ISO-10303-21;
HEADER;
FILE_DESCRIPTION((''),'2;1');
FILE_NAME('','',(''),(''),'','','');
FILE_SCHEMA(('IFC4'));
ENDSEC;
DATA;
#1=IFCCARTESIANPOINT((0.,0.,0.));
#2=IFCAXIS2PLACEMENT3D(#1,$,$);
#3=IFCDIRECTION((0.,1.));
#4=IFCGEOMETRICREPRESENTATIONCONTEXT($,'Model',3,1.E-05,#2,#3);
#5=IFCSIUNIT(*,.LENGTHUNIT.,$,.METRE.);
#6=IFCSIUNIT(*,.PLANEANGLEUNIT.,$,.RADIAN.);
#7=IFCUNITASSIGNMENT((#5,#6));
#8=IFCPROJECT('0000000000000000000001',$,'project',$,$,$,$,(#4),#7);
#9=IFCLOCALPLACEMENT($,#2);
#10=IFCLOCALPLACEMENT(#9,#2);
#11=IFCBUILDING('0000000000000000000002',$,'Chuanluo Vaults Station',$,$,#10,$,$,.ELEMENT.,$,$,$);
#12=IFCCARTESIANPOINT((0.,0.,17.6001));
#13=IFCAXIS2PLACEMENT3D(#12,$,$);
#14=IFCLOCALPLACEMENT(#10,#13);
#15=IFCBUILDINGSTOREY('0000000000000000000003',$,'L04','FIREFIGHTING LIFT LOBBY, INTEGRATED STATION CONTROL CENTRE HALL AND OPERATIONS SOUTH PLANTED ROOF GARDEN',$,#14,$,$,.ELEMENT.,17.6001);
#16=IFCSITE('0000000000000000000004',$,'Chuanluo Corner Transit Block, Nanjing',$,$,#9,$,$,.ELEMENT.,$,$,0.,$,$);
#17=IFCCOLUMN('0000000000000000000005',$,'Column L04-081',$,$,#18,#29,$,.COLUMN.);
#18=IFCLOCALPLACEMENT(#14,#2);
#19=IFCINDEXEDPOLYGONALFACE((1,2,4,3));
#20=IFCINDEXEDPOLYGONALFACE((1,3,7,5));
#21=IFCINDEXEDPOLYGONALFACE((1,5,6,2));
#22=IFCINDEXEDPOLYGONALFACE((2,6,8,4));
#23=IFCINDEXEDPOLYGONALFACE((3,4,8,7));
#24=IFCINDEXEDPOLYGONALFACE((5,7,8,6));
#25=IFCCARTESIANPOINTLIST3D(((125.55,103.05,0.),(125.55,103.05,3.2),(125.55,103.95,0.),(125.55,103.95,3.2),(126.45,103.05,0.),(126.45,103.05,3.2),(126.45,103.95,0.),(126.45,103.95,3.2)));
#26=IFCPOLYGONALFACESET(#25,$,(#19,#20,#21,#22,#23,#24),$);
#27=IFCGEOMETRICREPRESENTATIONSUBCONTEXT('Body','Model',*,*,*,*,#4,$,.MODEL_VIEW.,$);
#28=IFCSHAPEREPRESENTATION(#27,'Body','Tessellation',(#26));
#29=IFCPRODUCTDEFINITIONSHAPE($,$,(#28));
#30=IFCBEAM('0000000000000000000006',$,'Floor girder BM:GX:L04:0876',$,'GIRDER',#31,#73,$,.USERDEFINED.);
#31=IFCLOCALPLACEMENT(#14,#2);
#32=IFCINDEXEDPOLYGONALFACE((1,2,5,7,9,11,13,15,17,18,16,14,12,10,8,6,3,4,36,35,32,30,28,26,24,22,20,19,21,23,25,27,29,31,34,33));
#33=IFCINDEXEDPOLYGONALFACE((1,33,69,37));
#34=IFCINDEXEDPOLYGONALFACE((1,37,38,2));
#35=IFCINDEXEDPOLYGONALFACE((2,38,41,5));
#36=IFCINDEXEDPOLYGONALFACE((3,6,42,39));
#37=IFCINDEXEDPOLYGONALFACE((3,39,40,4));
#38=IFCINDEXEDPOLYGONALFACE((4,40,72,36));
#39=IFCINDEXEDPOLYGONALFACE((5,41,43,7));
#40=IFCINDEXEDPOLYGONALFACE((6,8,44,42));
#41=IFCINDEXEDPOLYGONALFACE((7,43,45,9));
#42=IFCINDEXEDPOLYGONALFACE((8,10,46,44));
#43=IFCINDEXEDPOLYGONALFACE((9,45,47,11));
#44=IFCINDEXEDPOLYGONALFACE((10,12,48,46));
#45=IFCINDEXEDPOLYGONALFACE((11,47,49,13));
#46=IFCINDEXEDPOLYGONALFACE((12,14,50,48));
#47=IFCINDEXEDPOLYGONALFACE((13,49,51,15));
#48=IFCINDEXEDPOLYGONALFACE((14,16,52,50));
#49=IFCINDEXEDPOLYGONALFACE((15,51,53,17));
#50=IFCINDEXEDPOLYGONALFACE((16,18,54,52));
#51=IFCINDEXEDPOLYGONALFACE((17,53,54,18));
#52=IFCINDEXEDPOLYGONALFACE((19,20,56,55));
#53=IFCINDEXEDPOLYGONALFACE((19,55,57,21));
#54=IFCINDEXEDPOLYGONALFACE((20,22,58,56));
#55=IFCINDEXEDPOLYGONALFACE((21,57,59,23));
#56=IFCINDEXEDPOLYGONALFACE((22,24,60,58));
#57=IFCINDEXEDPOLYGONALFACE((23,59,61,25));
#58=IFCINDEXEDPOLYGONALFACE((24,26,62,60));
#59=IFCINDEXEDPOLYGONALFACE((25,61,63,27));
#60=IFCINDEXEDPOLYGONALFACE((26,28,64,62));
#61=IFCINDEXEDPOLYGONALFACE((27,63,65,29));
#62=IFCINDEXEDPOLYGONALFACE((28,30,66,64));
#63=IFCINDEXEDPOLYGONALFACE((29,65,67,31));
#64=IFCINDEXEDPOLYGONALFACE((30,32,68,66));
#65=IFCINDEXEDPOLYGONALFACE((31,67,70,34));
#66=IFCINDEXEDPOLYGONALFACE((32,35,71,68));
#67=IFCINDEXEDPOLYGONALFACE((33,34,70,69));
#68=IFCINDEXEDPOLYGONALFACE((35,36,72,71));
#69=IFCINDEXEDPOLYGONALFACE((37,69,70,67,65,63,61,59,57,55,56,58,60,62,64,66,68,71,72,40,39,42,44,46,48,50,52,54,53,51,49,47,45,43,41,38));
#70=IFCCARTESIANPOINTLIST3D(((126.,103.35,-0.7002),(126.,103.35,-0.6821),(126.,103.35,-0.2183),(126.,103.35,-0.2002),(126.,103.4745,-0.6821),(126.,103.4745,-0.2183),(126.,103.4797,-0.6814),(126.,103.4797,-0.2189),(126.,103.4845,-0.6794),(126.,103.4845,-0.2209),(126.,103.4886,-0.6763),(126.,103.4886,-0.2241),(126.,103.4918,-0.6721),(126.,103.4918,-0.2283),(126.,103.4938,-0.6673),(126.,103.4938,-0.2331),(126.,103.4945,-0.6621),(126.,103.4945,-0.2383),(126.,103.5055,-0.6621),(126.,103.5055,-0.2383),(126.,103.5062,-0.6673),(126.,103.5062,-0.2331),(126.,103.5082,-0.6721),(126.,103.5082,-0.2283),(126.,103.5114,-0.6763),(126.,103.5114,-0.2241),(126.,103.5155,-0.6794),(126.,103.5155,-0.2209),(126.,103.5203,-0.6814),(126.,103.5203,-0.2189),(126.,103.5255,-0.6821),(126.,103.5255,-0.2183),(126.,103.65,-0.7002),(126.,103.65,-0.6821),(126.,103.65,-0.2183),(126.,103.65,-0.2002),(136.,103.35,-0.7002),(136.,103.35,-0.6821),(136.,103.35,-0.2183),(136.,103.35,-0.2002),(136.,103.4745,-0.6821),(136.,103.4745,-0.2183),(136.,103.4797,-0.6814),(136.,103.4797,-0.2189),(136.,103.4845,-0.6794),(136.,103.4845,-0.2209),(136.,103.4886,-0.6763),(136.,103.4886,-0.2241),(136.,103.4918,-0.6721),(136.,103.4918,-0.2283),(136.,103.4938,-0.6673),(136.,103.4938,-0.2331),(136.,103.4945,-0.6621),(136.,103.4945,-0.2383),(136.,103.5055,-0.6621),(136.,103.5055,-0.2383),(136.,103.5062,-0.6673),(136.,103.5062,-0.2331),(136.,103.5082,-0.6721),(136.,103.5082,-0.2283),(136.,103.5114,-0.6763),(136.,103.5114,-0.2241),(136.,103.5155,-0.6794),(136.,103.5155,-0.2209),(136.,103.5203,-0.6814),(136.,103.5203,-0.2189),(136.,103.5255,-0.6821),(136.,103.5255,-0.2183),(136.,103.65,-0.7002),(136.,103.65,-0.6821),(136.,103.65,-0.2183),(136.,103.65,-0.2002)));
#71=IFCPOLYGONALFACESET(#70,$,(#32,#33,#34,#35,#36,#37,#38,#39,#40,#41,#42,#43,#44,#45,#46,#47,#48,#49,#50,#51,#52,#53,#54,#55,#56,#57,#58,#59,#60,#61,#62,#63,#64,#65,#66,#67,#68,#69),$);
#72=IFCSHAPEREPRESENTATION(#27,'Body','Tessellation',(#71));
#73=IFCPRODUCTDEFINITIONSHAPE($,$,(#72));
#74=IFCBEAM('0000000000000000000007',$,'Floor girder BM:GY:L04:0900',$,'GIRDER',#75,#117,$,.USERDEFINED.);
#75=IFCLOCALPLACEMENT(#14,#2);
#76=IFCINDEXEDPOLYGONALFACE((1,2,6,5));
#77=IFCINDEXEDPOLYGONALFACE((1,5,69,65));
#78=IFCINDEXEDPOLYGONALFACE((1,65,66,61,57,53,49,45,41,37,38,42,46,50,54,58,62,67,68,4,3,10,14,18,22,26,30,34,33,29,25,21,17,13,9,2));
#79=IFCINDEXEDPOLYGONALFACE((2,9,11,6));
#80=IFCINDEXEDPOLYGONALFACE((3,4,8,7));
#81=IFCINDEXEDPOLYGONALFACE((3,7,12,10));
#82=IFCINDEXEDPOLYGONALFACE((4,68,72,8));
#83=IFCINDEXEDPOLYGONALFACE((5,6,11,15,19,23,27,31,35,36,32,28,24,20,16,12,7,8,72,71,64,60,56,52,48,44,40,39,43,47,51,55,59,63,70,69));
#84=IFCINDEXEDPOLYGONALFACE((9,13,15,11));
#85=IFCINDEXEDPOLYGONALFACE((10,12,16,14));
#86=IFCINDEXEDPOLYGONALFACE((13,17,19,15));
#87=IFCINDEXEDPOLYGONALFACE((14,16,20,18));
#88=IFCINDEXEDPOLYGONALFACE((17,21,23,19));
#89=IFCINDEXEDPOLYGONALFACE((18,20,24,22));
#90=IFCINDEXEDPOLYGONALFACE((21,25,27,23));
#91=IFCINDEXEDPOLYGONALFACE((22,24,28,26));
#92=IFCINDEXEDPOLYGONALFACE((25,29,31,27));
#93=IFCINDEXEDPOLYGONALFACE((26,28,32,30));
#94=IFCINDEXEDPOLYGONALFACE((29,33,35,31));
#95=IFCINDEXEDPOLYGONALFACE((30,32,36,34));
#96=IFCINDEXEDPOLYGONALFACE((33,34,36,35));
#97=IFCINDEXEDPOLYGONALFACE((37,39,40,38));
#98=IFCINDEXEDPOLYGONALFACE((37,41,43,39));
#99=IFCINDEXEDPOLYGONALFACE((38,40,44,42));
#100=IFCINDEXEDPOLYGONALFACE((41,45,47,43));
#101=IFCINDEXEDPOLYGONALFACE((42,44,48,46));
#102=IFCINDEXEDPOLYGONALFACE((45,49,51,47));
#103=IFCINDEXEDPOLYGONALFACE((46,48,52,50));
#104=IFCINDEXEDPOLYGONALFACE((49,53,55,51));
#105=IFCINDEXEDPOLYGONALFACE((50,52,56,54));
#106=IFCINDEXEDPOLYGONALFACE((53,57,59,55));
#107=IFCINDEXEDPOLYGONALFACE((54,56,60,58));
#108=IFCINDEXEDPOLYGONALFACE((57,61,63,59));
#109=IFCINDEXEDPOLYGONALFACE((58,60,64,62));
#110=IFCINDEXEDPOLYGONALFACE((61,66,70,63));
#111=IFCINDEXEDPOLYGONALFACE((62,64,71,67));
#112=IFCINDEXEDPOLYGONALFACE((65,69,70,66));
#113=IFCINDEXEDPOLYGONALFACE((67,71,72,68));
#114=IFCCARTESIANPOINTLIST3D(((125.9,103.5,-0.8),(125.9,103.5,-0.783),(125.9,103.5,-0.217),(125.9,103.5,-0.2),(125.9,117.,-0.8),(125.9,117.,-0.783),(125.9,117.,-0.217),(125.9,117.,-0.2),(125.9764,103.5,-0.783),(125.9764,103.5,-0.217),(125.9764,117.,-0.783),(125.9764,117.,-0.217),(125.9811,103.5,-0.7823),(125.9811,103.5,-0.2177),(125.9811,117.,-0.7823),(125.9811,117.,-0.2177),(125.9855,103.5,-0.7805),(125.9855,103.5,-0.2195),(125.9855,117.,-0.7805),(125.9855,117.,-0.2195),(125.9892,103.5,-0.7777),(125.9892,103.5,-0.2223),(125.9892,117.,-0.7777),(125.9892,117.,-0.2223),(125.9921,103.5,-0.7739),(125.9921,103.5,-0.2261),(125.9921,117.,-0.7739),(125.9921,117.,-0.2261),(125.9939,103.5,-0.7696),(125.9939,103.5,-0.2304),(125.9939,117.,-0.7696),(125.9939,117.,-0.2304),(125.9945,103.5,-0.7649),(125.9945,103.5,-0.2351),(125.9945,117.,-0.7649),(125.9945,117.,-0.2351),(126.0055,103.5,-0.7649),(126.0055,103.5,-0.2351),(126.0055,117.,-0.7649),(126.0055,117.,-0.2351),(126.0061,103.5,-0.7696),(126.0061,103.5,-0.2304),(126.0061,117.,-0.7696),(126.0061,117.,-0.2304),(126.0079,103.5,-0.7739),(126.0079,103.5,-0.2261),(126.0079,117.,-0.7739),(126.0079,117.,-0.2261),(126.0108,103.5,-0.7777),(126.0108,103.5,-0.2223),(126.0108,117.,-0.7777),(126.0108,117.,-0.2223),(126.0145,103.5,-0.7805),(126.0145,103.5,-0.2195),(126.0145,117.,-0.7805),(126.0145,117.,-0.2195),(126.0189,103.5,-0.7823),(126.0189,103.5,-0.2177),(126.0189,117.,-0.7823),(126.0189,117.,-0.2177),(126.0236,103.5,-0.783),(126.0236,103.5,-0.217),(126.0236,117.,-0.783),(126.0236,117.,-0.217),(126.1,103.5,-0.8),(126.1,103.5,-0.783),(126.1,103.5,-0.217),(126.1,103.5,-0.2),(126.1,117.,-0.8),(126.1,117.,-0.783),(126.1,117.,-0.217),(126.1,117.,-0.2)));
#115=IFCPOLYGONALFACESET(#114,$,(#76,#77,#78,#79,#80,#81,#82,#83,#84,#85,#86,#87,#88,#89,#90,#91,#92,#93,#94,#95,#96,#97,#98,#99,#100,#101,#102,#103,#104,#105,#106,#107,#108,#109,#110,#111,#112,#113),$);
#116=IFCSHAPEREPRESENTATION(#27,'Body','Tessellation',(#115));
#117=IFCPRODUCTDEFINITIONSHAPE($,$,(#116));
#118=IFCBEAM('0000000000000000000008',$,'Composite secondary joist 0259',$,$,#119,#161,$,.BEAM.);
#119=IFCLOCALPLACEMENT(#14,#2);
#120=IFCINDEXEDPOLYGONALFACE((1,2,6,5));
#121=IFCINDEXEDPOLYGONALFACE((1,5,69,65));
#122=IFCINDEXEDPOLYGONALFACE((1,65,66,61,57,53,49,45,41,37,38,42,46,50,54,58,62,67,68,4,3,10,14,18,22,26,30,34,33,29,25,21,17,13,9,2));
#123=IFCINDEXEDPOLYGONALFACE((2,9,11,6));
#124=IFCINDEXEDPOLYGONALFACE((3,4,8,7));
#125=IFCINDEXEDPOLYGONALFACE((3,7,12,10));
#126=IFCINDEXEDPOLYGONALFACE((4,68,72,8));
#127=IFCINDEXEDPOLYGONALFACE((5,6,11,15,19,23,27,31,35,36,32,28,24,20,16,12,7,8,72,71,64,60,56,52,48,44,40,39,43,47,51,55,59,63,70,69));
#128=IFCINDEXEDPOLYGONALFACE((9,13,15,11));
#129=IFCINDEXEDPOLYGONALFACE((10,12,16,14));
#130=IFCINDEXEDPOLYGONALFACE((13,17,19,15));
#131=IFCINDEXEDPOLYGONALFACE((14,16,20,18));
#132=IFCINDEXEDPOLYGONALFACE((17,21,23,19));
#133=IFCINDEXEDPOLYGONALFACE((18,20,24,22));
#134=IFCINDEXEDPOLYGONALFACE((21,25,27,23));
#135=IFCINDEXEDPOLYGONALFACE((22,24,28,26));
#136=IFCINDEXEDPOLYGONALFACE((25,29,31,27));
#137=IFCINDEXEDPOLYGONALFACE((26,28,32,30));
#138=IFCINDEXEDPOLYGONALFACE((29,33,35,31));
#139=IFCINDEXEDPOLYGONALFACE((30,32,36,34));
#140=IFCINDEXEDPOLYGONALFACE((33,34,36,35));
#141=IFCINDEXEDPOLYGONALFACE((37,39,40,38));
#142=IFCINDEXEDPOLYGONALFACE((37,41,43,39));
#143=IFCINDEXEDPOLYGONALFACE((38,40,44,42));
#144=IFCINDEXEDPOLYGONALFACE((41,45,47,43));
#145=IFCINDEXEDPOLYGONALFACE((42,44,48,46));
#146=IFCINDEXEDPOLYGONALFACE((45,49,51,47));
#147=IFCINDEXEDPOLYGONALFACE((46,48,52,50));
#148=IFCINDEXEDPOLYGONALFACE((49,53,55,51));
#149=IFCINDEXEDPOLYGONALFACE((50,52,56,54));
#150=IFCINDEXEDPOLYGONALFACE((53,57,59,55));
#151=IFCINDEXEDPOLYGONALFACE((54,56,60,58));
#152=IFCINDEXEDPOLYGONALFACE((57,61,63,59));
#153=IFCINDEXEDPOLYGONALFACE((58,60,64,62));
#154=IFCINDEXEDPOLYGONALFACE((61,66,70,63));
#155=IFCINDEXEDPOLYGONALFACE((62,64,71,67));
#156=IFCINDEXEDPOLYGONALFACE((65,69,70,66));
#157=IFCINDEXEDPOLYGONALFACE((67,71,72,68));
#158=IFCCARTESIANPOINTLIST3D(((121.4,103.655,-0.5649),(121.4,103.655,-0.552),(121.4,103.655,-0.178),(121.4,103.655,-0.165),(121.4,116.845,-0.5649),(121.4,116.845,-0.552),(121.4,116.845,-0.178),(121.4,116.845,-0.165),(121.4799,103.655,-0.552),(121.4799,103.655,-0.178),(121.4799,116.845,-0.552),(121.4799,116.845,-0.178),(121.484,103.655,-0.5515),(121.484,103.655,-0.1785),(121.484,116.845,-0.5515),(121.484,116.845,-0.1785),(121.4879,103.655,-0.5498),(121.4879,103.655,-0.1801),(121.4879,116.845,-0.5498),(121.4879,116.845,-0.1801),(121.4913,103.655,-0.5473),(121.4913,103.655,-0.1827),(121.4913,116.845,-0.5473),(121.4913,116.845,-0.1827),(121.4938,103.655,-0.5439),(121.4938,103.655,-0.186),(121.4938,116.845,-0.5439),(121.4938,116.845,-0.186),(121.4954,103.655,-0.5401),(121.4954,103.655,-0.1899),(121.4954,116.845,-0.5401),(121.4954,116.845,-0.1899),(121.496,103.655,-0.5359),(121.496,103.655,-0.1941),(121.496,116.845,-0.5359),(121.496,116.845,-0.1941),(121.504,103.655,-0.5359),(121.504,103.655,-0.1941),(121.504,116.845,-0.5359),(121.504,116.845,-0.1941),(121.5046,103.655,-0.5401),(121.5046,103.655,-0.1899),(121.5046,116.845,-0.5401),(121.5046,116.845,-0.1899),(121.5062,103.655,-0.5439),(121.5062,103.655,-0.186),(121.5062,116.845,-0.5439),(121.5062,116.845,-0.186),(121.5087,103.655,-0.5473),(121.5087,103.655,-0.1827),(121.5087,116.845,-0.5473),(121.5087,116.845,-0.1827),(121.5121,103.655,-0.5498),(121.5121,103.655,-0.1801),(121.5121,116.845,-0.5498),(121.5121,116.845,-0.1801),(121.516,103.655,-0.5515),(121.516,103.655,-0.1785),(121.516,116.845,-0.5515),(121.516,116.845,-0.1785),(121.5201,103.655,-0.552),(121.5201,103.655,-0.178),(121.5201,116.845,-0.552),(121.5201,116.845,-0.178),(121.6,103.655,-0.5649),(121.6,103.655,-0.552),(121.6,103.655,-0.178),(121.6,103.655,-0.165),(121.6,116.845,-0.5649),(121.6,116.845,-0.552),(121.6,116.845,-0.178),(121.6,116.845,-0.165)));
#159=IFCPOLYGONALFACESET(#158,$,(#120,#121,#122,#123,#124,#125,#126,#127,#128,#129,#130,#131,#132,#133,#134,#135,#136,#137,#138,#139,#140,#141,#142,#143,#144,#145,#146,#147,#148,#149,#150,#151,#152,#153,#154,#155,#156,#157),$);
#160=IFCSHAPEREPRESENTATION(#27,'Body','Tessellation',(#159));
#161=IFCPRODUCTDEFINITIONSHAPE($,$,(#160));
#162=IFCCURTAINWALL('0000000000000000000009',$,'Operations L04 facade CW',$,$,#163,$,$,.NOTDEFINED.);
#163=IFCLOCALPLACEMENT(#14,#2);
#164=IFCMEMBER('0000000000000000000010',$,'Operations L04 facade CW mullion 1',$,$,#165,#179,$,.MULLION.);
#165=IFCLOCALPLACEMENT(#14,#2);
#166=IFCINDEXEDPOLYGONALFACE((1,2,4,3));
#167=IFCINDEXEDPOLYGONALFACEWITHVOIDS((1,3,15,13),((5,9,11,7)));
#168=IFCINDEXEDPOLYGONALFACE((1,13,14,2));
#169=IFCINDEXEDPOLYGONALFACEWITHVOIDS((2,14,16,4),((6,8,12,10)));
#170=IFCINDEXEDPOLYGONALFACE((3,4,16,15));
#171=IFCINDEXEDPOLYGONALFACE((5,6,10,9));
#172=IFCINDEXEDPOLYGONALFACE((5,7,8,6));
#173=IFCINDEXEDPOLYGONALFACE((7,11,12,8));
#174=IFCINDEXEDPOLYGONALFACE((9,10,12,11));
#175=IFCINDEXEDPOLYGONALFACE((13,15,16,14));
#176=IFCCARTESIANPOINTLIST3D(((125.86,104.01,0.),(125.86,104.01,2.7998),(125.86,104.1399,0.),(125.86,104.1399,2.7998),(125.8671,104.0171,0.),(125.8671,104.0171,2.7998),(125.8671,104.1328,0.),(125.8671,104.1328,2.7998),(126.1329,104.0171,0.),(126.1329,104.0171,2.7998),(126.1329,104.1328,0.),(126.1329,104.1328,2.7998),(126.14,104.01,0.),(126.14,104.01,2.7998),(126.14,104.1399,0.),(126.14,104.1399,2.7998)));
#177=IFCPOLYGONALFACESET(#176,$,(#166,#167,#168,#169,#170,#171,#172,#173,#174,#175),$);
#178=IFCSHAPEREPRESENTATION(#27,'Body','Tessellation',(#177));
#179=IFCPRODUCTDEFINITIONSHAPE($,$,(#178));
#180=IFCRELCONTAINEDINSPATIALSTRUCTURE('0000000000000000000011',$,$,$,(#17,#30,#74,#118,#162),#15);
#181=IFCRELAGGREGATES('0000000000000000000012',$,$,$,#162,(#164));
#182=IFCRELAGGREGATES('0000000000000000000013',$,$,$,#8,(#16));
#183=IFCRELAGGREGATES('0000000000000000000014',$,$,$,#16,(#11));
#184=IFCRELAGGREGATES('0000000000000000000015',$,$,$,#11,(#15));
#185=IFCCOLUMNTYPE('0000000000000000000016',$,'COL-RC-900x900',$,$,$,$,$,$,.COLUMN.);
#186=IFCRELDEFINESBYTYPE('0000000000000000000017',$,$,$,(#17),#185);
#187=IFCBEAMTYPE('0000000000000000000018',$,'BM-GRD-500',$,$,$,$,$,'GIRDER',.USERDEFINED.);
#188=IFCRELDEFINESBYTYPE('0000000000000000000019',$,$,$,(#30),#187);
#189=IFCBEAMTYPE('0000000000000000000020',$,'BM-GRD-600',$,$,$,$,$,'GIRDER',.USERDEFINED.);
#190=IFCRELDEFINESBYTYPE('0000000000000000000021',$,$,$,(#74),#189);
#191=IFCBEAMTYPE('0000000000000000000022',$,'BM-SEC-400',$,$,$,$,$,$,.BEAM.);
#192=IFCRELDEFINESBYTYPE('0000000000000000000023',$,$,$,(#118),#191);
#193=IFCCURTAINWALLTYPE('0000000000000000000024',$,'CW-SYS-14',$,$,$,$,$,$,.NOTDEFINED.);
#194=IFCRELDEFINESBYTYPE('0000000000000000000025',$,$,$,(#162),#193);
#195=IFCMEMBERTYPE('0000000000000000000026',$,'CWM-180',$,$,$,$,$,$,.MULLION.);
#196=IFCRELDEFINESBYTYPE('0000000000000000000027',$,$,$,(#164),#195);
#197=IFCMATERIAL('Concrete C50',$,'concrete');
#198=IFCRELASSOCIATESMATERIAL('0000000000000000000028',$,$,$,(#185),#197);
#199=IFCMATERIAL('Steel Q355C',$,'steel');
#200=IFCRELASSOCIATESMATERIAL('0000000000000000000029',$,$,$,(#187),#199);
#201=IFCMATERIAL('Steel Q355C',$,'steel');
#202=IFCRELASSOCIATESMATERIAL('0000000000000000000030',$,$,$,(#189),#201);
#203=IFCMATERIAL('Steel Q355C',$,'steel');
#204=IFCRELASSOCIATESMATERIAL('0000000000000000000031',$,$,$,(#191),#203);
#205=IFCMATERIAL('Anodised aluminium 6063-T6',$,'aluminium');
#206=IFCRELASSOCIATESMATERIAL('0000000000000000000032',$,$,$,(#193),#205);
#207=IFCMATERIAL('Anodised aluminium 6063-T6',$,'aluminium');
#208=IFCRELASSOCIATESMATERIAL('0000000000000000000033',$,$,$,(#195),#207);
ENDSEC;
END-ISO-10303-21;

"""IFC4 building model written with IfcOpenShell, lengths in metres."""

from ifc_helpers import new_model, si_unit, direction, frame, origin, origin_2d, place, context, subcontext, project, spatial, rectangle, hollow_rectangle, i_section, extrude, material, material_profile, profile_set, type_object, element, aggregate, save


model = new_model("IFC4")

# Units and contexts
model_context = context("Model", 3, precision=1e-05, world=origin(), true_north=direction((0.0, 1.0)))
body_context = subcontext(model_context, "Body", "Model", "MODEL_VIEW")
ifc_project = project(units=[si_unit("LENGTHUNIT", "METRE"), si_unit("PLANEANGLEUNIT", "RADIAN")], contexts=[model_context])

# Site, building, storey
site_placement = place(None, origin())
site = spatial("IfcSite", under=ifc_project, at=site_placement, Name="Chuanluo Corner Transit Block, Nanjing", CompositionType="ELEMENT", RefElevation=0.0)
building_placement = place(site_placement, origin())
building = spatial("IfcBuilding", under=site, at=building_placement, Name="Chuanluo Vaults Station", CompositionType="ELEMENT")
storey_placement = place(building_placement, frame((0.0, 0.0, 17.6001)))
storey = spatial("IfcBuildingStorey", under=building, at=storey_placement, Name="L04", Description="FIREFIGHTING LIFT LOBBY, INTEGRATED STATION CONTROL CENTRE HALL AND OPERATIONS SOUTH PLANTED ROOF GARDEN", CompositionType="ELEMENT", Elevation=17.6001)

# Column
ifc_material_1 = material(Name="Concrete C50", Category="concrete")
ifc_material_profile_1 = material_profile(ifc_material_1, rectangle(XDim=0.8999, YDim=0.8999, at=origin_2d()))
ifc_profile_set_1 = profile_set([ifc_material_profile_1], Name="Concrete C50")
column_type = type_object("IfcColumnType", Name="COL-RC-900x900", PredefinedType="COLUMN", material=ifc_profile_set_1)
column_placement = place(storey_placement, frame((126.0, 103.5, 0.0), z_axis=(0.0, 0.0, 1.0), x_axis=(1.0, 0.0, 0.0)))
element("IfcColumn", 1, at=column_placement, inside=storey, type_object=column_type, Name="Column L04-081", PredefinedType="COLUMN", context=body_context, shape_type="SweptSolid", body=[
    extrude(rectangle(XDim=0.8999, YDim=0.8999, at=origin_2d()), origin(), (0.0, 0.0, 1.0), 3.2),
])

# Beams
ifc_material_2 = material(Name="Steel Q355C", Category="steel")
ifc_material_profile_2 = material_profile(ifc_material_2, i_section(OverallWidth=0.3, OverallDepth=0.5, WebThickness=0.011, FlangeThickness=0.0181, FilletRadius=0.02, at=origin_2d()))
ifc_profile_set_2 = profile_set([ifc_material_profile_2], Name="Steel Q355C")
beam_type_1 = type_object("IfcBeamType", Name="BM-GRD-500", ElementType="GIRDER", PredefinedType="USERDEFINED", material=ifc_profile_set_2)
beam_1_placement = place(storey_placement, frame((126.0, 103.5, -0.4502), z_axis=(1.0, 0.0, 0.0), x_axis=(0.0, 1.0, 0.0)))
element("IfcBeam", 2, at=beam_1_placement, inside=storey, type_object=beam_type_1, Name="Floor girder BM:GX:L04:0876", ObjectType="GIRDER", PredefinedType="USERDEFINED", context=body_context, shape_type="SweptSolid", body=[
    extrude(i_section(OverallWidth=0.3, OverallDepth=0.5, WebThickness=0.011, FlangeThickness=0.0181, FilletRadius=0.02, at=origin_2d()), origin(), (0.0, 0.0, 1.0), 10.0),
])
ifc_material_3 = material(Name="Steel Q355C", Category="steel")
ifc_material_profile_3 = material_profile(ifc_material_3, i_section(OverallWidth=0.2, OverallDepth=0.6001, WebThickness=0.011, FlangeThickness=0.0171, FilletRadius=0.0181, at=origin_2d()))
ifc_profile_set_3 = profile_set([ifc_material_profile_3], Name="Steel Q355C")
beam_type_2 = type_object("IfcBeamType", Name="BM-GRD-600", ElementType="GIRDER", PredefinedType="USERDEFINED", material=ifc_profile_set_3)
beam_2_placement = place(storey_placement, frame((126.0, 103.5, -0.5), z_axis=(0.0, 1.0, 0.0), x_axis=(-1.0, 0.0, 0.0)))
element("IfcBeam", 3, at=beam_2_placement, inside=storey, type_object=beam_type_2, Name="Floor girder BM:GY:L04:0900", ObjectType="GIRDER", PredefinedType="USERDEFINED", context=body_context, shape_type="SweptSolid", body=[
    extrude(i_section(OverallWidth=0.2, OverallDepth=0.6001, WebThickness=0.011, FlangeThickness=0.0171, FilletRadius=0.0181, at=origin_2d()), origin(), (0.0, 0.0, 1.0), 13.5),
])
ifc_material_4 = material(Name="Steel Q355C", Category="steel")
ifc_material_profile_4 = material_profile(ifc_material_4, i_section(OverallWidth=0.2, OverallDepth=0.3999, WebThickness=0.0081, FlangeThickness=0.0129, FilletRadius=0.0161, at=origin_2d()))
ifc_profile_set_4 = profile_set([ifc_material_profile_4], Name="Steel Q355C")
beam_type_3 = type_object("IfcBeamType", Name="BM-SEC-400", PredefinedType="BEAM", material=ifc_profile_set_4)
beam_3_placement = place(storey_placement, frame((121.5, 103.655, -0.365), z_axis=(0.0, 1.0, 0.0), x_axis=(-1.0, 0.0, 0.0)))
element("IfcBeam", 4, at=beam_3_placement, inside=storey, type_object=beam_type_3, Name="Composite secondary joist 0259", PredefinedType="BEAM", context=body_context, shape_type="SweptSolid", body=[
    extrude(i_section(OverallWidth=0.2, OverallDepth=0.3999, WebThickness=0.0081, FlangeThickness=0.0129, FilletRadius=0.0161, at=origin_2d()), origin(), (0.0, 0.0, 1.0), 13.1899),
])

# Curtain wall, member
ifc_material_5 = material(Name="Anodised aluminium 6063-T6", Category="aluminium")
curtain_wall_type = type_object("IfcCurtainWallType", Name="CW-SYS-14", PredefinedType="NOTDEFINED", material=ifc_material_5)
curtain_wall_placement = place(storey_placement, origin())
curtain_wall = element("IfcCurtainWall", 5, at=curtain_wall_placement, inside=storey, type_object=curtain_wall_type, Name="Operations L04 facade CW", PredefinedType="NOTDEFINED")
ifc_material_6 = material(Name="Anodised aluminium 6063-T6", Category="aluminium")
ifc_material_profile_5 = material_profile(ifc_material_6, hollow_rectangle(XDim=0.1299, YDim=0.28, WallThickness=0.0071, at=origin_2d()))
ifc_profile_set_5 = profile_set([ifc_material_profile_5], Name="Anodised aluminium 6063-T6")
member_type_1 = type_object("IfcMemberType", Name="CWM-180", PredefinedType="MULLION", material=ifc_profile_set_5)
member_1_placement = place(storey_placement, frame((126.0, 104.075, 0.0), z_axis=(0.0, 0.0, 1.0), x_axis=(0.0, 1.0, 0.0)))
member_1 = element("IfcMember", 6, at=member_1_placement, type_object=member_type_1, Name="Operations L04 facade CW mullion 1", PredefinedType="MULLION", context=body_context, shape_type="SweptSolid", body=[
    extrude(hollow_rectangle(XDim=0.1299, YDim=0.28, WallThickness=0.0071, at=origin_2d()), origin(), (0.0, 0.0, 1.0), 2.7998),
])
aggregate(curtain_wall, [member_1])

save(model, "model.ifc")
